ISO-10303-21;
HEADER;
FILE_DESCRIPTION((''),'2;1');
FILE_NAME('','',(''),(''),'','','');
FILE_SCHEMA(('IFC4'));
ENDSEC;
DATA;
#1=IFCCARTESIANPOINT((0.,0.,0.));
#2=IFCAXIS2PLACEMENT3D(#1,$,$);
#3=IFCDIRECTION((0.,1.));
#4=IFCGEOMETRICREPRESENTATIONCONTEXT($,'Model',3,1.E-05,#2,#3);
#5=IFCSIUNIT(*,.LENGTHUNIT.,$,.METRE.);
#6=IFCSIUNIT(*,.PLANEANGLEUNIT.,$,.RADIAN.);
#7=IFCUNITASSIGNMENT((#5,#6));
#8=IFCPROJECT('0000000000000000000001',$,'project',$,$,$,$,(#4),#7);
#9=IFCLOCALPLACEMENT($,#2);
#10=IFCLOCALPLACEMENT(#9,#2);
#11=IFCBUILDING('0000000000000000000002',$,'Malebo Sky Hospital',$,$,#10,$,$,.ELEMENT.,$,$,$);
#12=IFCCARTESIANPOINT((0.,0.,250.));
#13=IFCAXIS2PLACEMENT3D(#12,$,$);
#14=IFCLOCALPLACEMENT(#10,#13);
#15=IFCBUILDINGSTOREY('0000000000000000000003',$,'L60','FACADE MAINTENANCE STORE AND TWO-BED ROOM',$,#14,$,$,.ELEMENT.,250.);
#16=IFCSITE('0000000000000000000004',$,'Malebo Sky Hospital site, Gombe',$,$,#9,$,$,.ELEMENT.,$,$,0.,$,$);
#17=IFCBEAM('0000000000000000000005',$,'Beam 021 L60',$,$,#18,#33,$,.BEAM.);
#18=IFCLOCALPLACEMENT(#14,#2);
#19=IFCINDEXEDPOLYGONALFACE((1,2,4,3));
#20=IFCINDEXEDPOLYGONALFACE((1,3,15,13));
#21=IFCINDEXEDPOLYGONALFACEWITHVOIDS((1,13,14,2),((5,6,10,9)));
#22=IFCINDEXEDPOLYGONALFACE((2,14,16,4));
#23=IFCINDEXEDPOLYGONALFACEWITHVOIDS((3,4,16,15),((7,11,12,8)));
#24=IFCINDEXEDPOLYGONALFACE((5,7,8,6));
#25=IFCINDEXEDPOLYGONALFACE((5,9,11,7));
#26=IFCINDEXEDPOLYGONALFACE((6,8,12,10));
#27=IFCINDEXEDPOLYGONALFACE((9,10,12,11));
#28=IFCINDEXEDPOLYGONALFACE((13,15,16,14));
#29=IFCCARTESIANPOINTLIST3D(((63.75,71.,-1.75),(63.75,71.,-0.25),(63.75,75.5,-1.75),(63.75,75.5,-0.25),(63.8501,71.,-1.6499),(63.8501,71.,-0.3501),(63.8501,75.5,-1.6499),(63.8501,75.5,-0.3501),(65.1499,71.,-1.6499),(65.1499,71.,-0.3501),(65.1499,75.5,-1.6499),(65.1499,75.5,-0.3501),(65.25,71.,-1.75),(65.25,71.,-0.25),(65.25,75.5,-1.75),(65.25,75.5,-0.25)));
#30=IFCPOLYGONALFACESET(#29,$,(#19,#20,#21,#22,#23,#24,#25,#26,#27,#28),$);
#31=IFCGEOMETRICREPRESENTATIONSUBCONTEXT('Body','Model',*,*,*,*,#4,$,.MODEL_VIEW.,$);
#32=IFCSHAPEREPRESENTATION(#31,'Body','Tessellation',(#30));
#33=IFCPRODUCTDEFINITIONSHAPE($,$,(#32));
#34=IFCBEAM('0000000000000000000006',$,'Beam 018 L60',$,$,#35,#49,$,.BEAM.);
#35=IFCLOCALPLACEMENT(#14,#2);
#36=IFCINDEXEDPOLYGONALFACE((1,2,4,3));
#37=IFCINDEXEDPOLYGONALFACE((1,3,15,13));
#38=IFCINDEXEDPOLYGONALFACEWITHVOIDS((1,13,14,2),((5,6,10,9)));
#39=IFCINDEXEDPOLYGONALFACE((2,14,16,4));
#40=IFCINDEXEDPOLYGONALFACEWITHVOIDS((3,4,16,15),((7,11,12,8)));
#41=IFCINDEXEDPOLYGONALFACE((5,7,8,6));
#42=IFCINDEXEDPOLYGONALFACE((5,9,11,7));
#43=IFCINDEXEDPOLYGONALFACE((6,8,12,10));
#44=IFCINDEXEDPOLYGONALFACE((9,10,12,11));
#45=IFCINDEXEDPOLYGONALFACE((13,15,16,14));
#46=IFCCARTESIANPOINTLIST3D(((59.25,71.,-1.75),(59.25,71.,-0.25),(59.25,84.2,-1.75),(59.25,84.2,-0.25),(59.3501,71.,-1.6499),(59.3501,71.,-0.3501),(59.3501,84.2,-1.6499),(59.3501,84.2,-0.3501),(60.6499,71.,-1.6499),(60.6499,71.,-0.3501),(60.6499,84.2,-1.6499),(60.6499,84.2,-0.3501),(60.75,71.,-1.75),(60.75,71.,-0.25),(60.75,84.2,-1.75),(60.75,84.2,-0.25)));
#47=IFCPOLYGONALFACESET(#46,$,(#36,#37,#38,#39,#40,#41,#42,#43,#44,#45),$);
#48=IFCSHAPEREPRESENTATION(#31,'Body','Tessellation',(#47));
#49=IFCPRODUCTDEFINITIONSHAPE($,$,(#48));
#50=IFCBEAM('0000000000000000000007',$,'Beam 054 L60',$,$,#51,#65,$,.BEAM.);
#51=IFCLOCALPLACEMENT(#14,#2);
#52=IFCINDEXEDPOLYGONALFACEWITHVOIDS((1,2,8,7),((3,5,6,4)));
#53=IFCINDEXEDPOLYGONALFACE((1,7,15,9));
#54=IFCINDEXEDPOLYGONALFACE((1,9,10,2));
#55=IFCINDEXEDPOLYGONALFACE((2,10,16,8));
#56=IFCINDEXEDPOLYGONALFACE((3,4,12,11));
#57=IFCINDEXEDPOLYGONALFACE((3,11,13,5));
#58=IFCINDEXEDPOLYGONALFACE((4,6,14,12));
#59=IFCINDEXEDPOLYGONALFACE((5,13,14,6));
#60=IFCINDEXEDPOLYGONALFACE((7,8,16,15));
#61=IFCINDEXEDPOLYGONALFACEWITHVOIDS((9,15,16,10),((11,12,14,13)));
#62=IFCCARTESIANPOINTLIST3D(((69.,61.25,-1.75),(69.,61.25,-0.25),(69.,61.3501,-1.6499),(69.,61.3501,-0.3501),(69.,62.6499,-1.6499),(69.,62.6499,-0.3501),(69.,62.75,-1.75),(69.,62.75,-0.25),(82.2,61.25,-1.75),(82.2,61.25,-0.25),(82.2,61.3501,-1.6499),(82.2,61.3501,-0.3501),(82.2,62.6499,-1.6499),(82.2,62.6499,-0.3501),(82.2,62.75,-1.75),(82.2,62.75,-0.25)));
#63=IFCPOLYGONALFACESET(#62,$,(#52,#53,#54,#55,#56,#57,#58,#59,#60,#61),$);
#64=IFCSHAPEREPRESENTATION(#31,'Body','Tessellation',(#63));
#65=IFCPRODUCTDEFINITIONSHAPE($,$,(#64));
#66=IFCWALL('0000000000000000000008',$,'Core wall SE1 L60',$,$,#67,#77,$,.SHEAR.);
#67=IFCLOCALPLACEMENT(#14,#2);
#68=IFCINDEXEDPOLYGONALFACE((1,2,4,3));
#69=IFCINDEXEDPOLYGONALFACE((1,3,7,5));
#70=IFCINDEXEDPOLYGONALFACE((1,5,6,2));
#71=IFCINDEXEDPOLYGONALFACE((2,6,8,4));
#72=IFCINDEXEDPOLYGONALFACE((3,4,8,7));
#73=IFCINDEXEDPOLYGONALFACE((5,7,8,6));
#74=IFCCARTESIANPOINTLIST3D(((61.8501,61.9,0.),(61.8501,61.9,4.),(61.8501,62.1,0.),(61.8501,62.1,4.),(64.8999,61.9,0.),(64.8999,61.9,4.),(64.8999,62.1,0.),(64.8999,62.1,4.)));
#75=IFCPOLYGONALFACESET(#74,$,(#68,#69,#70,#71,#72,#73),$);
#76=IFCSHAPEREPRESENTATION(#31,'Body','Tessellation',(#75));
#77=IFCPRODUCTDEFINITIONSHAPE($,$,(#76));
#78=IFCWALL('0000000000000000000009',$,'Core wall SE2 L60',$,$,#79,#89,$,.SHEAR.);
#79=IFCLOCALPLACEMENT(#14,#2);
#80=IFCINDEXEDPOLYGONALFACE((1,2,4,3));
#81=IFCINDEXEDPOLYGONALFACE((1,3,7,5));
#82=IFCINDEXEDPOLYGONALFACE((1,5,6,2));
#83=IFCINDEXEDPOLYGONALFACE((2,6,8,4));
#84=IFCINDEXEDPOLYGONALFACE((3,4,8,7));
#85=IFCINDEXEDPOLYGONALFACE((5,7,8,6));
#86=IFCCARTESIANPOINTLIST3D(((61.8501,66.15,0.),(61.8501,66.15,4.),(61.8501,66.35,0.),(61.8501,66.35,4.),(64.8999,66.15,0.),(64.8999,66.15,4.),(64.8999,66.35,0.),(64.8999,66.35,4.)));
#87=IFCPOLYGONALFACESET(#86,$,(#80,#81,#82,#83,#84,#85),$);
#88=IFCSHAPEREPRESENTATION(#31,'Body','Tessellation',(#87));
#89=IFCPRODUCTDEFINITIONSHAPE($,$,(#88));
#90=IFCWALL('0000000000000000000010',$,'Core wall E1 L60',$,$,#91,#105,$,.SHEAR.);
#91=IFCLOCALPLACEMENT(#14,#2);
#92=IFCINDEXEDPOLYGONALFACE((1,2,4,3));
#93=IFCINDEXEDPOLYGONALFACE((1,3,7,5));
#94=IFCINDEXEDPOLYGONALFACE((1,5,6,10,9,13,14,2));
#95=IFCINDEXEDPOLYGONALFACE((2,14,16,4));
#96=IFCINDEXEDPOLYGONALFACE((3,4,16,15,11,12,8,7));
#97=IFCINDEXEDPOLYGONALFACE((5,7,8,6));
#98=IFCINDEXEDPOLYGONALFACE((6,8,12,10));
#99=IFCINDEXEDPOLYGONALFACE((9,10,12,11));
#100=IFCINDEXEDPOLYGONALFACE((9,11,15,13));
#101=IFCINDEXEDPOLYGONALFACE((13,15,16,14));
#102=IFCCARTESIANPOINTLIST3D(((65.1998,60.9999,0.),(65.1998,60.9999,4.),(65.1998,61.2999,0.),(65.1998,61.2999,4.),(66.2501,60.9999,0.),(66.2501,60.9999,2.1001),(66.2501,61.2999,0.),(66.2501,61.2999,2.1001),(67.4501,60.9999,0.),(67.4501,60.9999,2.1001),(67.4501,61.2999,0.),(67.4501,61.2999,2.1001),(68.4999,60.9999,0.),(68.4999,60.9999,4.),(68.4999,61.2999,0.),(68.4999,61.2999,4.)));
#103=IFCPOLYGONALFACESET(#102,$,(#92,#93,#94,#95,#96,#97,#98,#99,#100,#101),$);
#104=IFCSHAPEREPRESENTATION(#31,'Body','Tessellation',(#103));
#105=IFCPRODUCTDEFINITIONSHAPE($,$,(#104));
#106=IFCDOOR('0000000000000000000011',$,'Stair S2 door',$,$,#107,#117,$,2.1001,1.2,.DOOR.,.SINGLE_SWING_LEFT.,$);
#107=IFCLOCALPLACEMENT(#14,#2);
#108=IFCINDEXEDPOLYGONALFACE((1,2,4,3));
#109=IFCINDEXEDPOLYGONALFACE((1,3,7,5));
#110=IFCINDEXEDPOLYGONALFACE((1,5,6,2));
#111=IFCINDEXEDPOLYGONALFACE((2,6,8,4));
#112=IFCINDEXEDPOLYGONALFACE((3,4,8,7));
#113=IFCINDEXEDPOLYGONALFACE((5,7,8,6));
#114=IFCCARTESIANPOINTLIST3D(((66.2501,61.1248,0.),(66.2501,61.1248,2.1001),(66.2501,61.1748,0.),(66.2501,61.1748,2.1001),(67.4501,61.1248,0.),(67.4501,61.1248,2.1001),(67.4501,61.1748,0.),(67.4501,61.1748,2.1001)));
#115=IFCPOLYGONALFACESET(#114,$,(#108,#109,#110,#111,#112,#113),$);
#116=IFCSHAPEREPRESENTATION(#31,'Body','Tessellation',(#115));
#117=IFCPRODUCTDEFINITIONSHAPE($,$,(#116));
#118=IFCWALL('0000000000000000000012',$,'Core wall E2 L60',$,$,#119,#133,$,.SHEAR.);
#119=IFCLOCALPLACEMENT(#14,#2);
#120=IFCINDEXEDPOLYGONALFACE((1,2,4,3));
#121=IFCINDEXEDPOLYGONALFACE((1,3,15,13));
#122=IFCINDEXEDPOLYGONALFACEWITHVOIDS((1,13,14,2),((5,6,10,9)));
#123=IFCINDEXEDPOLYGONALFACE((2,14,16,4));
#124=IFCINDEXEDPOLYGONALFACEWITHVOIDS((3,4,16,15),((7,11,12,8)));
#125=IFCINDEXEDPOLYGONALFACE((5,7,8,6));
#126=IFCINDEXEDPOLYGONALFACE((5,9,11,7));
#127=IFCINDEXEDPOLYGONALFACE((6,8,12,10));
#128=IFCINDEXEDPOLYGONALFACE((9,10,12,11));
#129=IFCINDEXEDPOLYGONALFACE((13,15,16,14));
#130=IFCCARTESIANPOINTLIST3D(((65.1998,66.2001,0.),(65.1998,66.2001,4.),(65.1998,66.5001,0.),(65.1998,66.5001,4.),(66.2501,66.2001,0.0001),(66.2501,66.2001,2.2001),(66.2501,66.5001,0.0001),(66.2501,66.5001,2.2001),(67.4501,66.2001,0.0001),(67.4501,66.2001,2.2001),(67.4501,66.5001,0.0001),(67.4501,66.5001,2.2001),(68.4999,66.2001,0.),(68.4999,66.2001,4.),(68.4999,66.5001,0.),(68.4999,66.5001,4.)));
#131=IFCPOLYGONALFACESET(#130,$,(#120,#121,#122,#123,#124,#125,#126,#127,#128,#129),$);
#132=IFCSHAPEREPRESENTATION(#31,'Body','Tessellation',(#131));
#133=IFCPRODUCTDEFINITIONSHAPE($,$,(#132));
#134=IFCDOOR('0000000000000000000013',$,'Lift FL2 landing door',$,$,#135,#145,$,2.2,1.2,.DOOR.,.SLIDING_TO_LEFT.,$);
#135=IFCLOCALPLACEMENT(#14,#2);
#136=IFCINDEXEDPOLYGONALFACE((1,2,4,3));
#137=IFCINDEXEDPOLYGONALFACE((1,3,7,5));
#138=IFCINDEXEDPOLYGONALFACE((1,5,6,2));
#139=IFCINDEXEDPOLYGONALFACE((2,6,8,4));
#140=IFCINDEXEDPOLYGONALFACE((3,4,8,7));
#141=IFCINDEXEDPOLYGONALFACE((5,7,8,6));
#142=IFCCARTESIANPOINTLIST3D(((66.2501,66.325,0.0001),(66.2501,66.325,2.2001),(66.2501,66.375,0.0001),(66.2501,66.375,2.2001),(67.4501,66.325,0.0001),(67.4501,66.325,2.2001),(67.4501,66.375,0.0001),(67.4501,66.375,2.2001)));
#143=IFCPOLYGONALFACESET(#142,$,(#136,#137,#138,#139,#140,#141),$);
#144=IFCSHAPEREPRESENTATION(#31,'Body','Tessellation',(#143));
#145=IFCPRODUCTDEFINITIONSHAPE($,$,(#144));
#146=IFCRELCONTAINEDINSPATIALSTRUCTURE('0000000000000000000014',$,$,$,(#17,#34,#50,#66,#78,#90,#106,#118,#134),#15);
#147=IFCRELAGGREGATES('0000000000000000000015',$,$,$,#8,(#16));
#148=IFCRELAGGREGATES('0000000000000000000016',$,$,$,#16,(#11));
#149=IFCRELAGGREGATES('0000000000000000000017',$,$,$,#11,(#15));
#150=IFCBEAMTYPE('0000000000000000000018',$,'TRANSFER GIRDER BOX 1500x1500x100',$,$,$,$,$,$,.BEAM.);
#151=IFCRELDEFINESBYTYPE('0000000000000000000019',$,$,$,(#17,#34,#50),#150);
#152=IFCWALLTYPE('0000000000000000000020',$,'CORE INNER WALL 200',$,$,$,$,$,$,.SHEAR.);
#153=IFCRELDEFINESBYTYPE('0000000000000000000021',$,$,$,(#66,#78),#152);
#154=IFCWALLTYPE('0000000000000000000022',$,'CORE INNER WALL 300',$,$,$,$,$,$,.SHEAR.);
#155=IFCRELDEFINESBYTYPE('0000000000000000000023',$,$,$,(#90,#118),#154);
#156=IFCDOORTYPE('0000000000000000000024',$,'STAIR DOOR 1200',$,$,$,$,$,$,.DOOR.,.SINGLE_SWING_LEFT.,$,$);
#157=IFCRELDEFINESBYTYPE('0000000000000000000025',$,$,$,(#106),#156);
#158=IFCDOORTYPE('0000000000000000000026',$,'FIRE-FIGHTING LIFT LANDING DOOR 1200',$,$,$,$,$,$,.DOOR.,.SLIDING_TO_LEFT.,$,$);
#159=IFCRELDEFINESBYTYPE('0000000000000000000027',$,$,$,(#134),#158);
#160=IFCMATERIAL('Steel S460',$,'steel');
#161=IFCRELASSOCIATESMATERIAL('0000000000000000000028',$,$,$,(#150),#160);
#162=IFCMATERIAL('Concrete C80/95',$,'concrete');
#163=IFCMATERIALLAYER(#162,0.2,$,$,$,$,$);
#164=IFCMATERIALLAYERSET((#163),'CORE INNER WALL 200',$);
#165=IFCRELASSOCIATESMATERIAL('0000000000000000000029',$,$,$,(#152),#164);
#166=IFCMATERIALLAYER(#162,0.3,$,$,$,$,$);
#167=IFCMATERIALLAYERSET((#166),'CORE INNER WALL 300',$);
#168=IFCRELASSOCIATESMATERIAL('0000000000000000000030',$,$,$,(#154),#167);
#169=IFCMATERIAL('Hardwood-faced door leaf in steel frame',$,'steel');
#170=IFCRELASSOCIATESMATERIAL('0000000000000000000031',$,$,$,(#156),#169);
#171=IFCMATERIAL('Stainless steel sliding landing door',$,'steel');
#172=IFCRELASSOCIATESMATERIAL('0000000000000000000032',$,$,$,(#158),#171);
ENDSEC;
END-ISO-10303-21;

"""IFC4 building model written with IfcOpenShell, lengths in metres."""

from ifc_helpers import new_model, si_unit, direction, frame, frame_2d, origin, origin_2d, place, context, subcontext, project, spatial, rectangle, hollow_rectangle, extrude, material, layer, layer_set, material_profile, profile_set, type_object, element, fill, save


model = new_model("IFC4")

# Units and contexts
model_context = context("Model", 3, precision=1e-05, world=origin(), true_north=direction((0.0, 1.0)))
body_context = subcontext(model_context, "Body", "Model", "MODEL_VIEW")
ifc_project = project(units=[si_unit("LENGTHUNIT", "METRE"), si_unit("PLANEANGLEUNIT", "RADIAN")], contexts=[model_context])

# Site, building, storey
site_placement = place(None, origin())
site = spatial("IfcSite", under=ifc_project, at=site_placement, Name="Malebo Sky Hospital site, Gombe", CompositionType="ELEMENT", RefElevation=0.0)
building_placement = place(site_placement, origin())
building = spatial("IfcBuilding", under=site, at=building_placement, Name="Malebo Sky Hospital", CompositionType="ELEMENT")
storey_placement = place(building_placement, frame((0.0, 0.0, 250.0)))
storey = spatial("IfcBuildingStorey", under=building, at=storey_placement, Name="L60", Description="FACADE MAINTENANCE STORE AND TWO-BED ROOM", CompositionType="ELEMENT", Elevation=250.0)

# Beams
ifc_material_1 = material(Name="Steel S460", Category="steel")
ifc_material_profile = material_profile(ifc_material_1, hollow_rectangle(XDim=1.5, YDim=1.5, WallThickness=0.1001, at=origin_2d()), Name="BOX 1500x1500x100")
ifc_profile_set = profile_set([ifc_material_profile], Name="Steel S460")
beam_type = type_object("IfcBeamType", Name="TRANSFER GIRDER BOX 1500x1500x100", PredefinedType="BEAM", material=ifc_profile_set)
beam_placement = place(storey_placement, frame((64.5, 71.0, -1.0), z_axis=(0.0, 1.0, 0.0), x_axis=(-1.0, 0.0, 0.0)))
element("IfcBeam", 1, at=beam_placement, inside=storey, type_object=beam_type, Name="Beam 021 L60", PredefinedType="BEAM", context=body_context, shape_type="SweptSolid", body=[
    extrude(hollow_rectangle(XDim=1.5, YDim=1.5, WallThickness=0.1001, at=origin_2d()), origin(), (0.0, 0.0, 1.0), 4.5),
])
for number, where, z_axis, x_axis, name in (
    (2, (60.0, 71.0, -1.0), (0.0, 1.0, 0.0), (-1.0, 0.0, 0.0), "Beam 018 L60"),
    (3, (69.0, 62.0, -1.0), (1.0, 0.0, 0.0), (0.0, 1.0, 0.0), "Beam 054 L60"),
):
    element("IfcBeam", number, at=place(storey_placement, frame(where, z_axis=z_axis, x_axis=x_axis)), inside=storey, type_object=beam_type, Name=name, PredefinedType="BEAM", context=body_context, shape_type="SweptSolid", body=[
        extrude(hollow_rectangle(XDim=1.5, YDim=1.5, WallThickness=0.1001, at=origin_2d()), origin(), (0.0, 0.0, 1.0), 13.2),
    ])

# Walls
ifc_material_2 = material(Name="Concrete C80/95", Category="concrete")
ifc_layer_1 = layer(ifc_material_2, 0.2)
ifc_layer_set_1 = layer_set([ifc_layer_1], Name="CORE INNER WALL 200")
wall_type_1 = type_object("IfcWallType", Name="CORE INNER WALL 200", PredefinedType="SHEAR", material=ifc_layer_set_1)
for number, where, z_axis, x_axis, name in (
    (4, (61.8501, 62.0, 0.0), (0.0, 0.0, 1.0), (1.0, 0.0, 0.0), "Core wall SE1 L60"),
    (5, (61.8501, 66.25, 0.0), (0.0, 0.0, 1.0), (1.0, 0.0, 0.0), "Core wall SE2 L60"),
):
    element("IfcWall", number, at=place(storey_placement, frame(where, z_axis=z_axis, x_axis=x_axis)), inside=storey, type_object=wall_type_1, Name=name, PredefinedType="SHEAR", context=body_context, shape_type="SweptSolid", body=[
        extrude(rectangle(XDim=3.0498, YDim=0.2, at=frame_2d((1.5249, 0.0))), origin(), (0.0, 0.0, 1.0), 4.0),
    ])

# Walls, openings, doors
ifc_layer_2 = layer(ifc_material_2, 0.3)
ifc_layer_set_2 = layer_set([ifc_layer_2], Name="CORE INNER WALL 300")
wall_type_2 = type_object("IfcWallType", Name="CORE INNER WALL 300", PredefinedType="SHEAR", material=ifc_layer_set_2)
wall_1_placement = place(storey_placement, frame((65.2, 61.1499, 0.0), z_axis=(0.0, 0.0, 1.0), x_axis=(1.0, 0.0, 0.0)))
wall_1 = element("IfcWall", 6, at=wall_1_placement, inside=storey, type_object=wall_type_2, Name="Core wall E1 L60", PredefinedType="SHEAR", context=body_context, shape_type="SweptSolid", body=[
    extrude(rectangle(XDim=3.3, YDim=0.3, at=frame_2d((1.6499, 0.0))), origin(), (0.0, 0.0, 1.0), 4.0),
])
opening_1_placement = place(wall_1_placement, frame((1.05, 0.0, 0.0)))
opening_1 = element("IfcOpeningElement", 7, at=opening_1_placement, cuts=wall_1, PredefinedType="OPENING", context=body_context, shape_type="SweptSolid", body=[
    extrude(rectangle(XDim=1.2, YDim=2.1001, at=frame_2d((0.6001, 1.05))), frame((0.0, 0.1599, 0.0), z_axis=(0.0, -1.0, 0.0), x_axis=(1.0, 0.0, 0.0)), (0.0, 0.0, 1.0), 0.3201),
])
ifc_material_3 = material(Name="Hardwood-faced door leaf in steel frame", Category="steel")
door_type_1 = type_object("IfcDoorType", Name="STAIR DOOR 1200", OperationType="SINGLE_SWING_LEFT", PredefinedType="DOOR", material=ifc_material_3)
door_1_placement = place(opening_1_placement, origin())
door_1 = element("IfcDoor", 8, at=door_1_placement, inside=storey, type_object=door_type_1, Name="Stair S2 door", OperationType="SINGLE_SWING_LEFT", OverallHeight=2.1001, OverallWidth=1.2, PredefinedType="DOOR", context=body_context, shape_type="SweptSolid", body=[
    extrude(rectangle(XDim=1.2, YDim=2.1001, at=frame_2d((0.6001, 1.05))), frame((0.0, 0.0249, 0.0), z_axis=(0.0, -1.0, 0.0), x_axis=(1.0, 0.0, 0.0)), (0.0, 0.0, 1.0), 0.05),
])
fill(opening_1, door_1)
wall_2_placement = place(storey_placement, frame((65.2, 66.3501, 0.0), z_axis=(0.0, 0.0, 1.0), x_axis=(1.0, 0.0, 0.0)))
wall_2 = element("IfcWall", 9, at=wall_2_placement, inside=storey, type_object=wall_type_2, Name="Core wall E2 L60", PredefinedType="SHEAR", context=body_context, shape_type="SweptSolid", body=[
    extrude(rectangle(XDim=3.3, YDim=0.3, at=frame_2d((1.6499, 0.0))), origin(), (0.0, 0.0, 1.0), 4.0),
])
opening_2_placement = place(wall_2_placement, frame((1.05, 0.0, 0.0)))
opening_2 = element("IfcOpeningElement", 10, at=opening_2_placement, cuts=wall_2, PredefinedType="OPENING", context=body_context, shape_type="SweptSolid", body=[
    extrude(rectangle(XDim=1.2, YDim=2.2, at=frame_2d((0.6001, 1.1001))), frame((0.0, 0.1599, 0.0), z_axis=(0.0, -1.0, 0.0), x_axis=(1.0, 0.0, 0.0)), (0.0, 0.0, 1.0), 0.3201),
])
ifc_material_4 = material(Name="Stainless steel sliding landing door", Category="steel")
door_type_2 = type_object("IfcDoorType", Name="FIRE-FIGHTING LIFT LANDING DOOR 1200", OperationType="SLIDING_TO_LEFT", PredefinedType="DOOR", material=ifc_material_4)
door_2_placement = place(opening_2_placement, origin())
door_2 = element("IfcDoor", 11, at=door_2_placement, inside=storey, type_object=door_type_2, Name="Lift FL2 landing door", OperationType="SLIDING_TO_LEFT", OverallHeight=2.2, OverallWidth=1.2, PredefinedType="DOOR", context=body_context, shape_type="SweptSolid", body=[
    extrude(rectangle(XDim=1.2, YDim=2.2, at=frame_2d((0.6001, 1.1001))), frame((0.0, 0.0249, 0.0), z_axis=(0.0, -1.0, 0.0), x_axis=(1.0, 0.0, 0.0)), (0.0, 0.0, 1.0), 0.05),
])
fill(opening_2, door_2)

save(model, "model.ifc")
